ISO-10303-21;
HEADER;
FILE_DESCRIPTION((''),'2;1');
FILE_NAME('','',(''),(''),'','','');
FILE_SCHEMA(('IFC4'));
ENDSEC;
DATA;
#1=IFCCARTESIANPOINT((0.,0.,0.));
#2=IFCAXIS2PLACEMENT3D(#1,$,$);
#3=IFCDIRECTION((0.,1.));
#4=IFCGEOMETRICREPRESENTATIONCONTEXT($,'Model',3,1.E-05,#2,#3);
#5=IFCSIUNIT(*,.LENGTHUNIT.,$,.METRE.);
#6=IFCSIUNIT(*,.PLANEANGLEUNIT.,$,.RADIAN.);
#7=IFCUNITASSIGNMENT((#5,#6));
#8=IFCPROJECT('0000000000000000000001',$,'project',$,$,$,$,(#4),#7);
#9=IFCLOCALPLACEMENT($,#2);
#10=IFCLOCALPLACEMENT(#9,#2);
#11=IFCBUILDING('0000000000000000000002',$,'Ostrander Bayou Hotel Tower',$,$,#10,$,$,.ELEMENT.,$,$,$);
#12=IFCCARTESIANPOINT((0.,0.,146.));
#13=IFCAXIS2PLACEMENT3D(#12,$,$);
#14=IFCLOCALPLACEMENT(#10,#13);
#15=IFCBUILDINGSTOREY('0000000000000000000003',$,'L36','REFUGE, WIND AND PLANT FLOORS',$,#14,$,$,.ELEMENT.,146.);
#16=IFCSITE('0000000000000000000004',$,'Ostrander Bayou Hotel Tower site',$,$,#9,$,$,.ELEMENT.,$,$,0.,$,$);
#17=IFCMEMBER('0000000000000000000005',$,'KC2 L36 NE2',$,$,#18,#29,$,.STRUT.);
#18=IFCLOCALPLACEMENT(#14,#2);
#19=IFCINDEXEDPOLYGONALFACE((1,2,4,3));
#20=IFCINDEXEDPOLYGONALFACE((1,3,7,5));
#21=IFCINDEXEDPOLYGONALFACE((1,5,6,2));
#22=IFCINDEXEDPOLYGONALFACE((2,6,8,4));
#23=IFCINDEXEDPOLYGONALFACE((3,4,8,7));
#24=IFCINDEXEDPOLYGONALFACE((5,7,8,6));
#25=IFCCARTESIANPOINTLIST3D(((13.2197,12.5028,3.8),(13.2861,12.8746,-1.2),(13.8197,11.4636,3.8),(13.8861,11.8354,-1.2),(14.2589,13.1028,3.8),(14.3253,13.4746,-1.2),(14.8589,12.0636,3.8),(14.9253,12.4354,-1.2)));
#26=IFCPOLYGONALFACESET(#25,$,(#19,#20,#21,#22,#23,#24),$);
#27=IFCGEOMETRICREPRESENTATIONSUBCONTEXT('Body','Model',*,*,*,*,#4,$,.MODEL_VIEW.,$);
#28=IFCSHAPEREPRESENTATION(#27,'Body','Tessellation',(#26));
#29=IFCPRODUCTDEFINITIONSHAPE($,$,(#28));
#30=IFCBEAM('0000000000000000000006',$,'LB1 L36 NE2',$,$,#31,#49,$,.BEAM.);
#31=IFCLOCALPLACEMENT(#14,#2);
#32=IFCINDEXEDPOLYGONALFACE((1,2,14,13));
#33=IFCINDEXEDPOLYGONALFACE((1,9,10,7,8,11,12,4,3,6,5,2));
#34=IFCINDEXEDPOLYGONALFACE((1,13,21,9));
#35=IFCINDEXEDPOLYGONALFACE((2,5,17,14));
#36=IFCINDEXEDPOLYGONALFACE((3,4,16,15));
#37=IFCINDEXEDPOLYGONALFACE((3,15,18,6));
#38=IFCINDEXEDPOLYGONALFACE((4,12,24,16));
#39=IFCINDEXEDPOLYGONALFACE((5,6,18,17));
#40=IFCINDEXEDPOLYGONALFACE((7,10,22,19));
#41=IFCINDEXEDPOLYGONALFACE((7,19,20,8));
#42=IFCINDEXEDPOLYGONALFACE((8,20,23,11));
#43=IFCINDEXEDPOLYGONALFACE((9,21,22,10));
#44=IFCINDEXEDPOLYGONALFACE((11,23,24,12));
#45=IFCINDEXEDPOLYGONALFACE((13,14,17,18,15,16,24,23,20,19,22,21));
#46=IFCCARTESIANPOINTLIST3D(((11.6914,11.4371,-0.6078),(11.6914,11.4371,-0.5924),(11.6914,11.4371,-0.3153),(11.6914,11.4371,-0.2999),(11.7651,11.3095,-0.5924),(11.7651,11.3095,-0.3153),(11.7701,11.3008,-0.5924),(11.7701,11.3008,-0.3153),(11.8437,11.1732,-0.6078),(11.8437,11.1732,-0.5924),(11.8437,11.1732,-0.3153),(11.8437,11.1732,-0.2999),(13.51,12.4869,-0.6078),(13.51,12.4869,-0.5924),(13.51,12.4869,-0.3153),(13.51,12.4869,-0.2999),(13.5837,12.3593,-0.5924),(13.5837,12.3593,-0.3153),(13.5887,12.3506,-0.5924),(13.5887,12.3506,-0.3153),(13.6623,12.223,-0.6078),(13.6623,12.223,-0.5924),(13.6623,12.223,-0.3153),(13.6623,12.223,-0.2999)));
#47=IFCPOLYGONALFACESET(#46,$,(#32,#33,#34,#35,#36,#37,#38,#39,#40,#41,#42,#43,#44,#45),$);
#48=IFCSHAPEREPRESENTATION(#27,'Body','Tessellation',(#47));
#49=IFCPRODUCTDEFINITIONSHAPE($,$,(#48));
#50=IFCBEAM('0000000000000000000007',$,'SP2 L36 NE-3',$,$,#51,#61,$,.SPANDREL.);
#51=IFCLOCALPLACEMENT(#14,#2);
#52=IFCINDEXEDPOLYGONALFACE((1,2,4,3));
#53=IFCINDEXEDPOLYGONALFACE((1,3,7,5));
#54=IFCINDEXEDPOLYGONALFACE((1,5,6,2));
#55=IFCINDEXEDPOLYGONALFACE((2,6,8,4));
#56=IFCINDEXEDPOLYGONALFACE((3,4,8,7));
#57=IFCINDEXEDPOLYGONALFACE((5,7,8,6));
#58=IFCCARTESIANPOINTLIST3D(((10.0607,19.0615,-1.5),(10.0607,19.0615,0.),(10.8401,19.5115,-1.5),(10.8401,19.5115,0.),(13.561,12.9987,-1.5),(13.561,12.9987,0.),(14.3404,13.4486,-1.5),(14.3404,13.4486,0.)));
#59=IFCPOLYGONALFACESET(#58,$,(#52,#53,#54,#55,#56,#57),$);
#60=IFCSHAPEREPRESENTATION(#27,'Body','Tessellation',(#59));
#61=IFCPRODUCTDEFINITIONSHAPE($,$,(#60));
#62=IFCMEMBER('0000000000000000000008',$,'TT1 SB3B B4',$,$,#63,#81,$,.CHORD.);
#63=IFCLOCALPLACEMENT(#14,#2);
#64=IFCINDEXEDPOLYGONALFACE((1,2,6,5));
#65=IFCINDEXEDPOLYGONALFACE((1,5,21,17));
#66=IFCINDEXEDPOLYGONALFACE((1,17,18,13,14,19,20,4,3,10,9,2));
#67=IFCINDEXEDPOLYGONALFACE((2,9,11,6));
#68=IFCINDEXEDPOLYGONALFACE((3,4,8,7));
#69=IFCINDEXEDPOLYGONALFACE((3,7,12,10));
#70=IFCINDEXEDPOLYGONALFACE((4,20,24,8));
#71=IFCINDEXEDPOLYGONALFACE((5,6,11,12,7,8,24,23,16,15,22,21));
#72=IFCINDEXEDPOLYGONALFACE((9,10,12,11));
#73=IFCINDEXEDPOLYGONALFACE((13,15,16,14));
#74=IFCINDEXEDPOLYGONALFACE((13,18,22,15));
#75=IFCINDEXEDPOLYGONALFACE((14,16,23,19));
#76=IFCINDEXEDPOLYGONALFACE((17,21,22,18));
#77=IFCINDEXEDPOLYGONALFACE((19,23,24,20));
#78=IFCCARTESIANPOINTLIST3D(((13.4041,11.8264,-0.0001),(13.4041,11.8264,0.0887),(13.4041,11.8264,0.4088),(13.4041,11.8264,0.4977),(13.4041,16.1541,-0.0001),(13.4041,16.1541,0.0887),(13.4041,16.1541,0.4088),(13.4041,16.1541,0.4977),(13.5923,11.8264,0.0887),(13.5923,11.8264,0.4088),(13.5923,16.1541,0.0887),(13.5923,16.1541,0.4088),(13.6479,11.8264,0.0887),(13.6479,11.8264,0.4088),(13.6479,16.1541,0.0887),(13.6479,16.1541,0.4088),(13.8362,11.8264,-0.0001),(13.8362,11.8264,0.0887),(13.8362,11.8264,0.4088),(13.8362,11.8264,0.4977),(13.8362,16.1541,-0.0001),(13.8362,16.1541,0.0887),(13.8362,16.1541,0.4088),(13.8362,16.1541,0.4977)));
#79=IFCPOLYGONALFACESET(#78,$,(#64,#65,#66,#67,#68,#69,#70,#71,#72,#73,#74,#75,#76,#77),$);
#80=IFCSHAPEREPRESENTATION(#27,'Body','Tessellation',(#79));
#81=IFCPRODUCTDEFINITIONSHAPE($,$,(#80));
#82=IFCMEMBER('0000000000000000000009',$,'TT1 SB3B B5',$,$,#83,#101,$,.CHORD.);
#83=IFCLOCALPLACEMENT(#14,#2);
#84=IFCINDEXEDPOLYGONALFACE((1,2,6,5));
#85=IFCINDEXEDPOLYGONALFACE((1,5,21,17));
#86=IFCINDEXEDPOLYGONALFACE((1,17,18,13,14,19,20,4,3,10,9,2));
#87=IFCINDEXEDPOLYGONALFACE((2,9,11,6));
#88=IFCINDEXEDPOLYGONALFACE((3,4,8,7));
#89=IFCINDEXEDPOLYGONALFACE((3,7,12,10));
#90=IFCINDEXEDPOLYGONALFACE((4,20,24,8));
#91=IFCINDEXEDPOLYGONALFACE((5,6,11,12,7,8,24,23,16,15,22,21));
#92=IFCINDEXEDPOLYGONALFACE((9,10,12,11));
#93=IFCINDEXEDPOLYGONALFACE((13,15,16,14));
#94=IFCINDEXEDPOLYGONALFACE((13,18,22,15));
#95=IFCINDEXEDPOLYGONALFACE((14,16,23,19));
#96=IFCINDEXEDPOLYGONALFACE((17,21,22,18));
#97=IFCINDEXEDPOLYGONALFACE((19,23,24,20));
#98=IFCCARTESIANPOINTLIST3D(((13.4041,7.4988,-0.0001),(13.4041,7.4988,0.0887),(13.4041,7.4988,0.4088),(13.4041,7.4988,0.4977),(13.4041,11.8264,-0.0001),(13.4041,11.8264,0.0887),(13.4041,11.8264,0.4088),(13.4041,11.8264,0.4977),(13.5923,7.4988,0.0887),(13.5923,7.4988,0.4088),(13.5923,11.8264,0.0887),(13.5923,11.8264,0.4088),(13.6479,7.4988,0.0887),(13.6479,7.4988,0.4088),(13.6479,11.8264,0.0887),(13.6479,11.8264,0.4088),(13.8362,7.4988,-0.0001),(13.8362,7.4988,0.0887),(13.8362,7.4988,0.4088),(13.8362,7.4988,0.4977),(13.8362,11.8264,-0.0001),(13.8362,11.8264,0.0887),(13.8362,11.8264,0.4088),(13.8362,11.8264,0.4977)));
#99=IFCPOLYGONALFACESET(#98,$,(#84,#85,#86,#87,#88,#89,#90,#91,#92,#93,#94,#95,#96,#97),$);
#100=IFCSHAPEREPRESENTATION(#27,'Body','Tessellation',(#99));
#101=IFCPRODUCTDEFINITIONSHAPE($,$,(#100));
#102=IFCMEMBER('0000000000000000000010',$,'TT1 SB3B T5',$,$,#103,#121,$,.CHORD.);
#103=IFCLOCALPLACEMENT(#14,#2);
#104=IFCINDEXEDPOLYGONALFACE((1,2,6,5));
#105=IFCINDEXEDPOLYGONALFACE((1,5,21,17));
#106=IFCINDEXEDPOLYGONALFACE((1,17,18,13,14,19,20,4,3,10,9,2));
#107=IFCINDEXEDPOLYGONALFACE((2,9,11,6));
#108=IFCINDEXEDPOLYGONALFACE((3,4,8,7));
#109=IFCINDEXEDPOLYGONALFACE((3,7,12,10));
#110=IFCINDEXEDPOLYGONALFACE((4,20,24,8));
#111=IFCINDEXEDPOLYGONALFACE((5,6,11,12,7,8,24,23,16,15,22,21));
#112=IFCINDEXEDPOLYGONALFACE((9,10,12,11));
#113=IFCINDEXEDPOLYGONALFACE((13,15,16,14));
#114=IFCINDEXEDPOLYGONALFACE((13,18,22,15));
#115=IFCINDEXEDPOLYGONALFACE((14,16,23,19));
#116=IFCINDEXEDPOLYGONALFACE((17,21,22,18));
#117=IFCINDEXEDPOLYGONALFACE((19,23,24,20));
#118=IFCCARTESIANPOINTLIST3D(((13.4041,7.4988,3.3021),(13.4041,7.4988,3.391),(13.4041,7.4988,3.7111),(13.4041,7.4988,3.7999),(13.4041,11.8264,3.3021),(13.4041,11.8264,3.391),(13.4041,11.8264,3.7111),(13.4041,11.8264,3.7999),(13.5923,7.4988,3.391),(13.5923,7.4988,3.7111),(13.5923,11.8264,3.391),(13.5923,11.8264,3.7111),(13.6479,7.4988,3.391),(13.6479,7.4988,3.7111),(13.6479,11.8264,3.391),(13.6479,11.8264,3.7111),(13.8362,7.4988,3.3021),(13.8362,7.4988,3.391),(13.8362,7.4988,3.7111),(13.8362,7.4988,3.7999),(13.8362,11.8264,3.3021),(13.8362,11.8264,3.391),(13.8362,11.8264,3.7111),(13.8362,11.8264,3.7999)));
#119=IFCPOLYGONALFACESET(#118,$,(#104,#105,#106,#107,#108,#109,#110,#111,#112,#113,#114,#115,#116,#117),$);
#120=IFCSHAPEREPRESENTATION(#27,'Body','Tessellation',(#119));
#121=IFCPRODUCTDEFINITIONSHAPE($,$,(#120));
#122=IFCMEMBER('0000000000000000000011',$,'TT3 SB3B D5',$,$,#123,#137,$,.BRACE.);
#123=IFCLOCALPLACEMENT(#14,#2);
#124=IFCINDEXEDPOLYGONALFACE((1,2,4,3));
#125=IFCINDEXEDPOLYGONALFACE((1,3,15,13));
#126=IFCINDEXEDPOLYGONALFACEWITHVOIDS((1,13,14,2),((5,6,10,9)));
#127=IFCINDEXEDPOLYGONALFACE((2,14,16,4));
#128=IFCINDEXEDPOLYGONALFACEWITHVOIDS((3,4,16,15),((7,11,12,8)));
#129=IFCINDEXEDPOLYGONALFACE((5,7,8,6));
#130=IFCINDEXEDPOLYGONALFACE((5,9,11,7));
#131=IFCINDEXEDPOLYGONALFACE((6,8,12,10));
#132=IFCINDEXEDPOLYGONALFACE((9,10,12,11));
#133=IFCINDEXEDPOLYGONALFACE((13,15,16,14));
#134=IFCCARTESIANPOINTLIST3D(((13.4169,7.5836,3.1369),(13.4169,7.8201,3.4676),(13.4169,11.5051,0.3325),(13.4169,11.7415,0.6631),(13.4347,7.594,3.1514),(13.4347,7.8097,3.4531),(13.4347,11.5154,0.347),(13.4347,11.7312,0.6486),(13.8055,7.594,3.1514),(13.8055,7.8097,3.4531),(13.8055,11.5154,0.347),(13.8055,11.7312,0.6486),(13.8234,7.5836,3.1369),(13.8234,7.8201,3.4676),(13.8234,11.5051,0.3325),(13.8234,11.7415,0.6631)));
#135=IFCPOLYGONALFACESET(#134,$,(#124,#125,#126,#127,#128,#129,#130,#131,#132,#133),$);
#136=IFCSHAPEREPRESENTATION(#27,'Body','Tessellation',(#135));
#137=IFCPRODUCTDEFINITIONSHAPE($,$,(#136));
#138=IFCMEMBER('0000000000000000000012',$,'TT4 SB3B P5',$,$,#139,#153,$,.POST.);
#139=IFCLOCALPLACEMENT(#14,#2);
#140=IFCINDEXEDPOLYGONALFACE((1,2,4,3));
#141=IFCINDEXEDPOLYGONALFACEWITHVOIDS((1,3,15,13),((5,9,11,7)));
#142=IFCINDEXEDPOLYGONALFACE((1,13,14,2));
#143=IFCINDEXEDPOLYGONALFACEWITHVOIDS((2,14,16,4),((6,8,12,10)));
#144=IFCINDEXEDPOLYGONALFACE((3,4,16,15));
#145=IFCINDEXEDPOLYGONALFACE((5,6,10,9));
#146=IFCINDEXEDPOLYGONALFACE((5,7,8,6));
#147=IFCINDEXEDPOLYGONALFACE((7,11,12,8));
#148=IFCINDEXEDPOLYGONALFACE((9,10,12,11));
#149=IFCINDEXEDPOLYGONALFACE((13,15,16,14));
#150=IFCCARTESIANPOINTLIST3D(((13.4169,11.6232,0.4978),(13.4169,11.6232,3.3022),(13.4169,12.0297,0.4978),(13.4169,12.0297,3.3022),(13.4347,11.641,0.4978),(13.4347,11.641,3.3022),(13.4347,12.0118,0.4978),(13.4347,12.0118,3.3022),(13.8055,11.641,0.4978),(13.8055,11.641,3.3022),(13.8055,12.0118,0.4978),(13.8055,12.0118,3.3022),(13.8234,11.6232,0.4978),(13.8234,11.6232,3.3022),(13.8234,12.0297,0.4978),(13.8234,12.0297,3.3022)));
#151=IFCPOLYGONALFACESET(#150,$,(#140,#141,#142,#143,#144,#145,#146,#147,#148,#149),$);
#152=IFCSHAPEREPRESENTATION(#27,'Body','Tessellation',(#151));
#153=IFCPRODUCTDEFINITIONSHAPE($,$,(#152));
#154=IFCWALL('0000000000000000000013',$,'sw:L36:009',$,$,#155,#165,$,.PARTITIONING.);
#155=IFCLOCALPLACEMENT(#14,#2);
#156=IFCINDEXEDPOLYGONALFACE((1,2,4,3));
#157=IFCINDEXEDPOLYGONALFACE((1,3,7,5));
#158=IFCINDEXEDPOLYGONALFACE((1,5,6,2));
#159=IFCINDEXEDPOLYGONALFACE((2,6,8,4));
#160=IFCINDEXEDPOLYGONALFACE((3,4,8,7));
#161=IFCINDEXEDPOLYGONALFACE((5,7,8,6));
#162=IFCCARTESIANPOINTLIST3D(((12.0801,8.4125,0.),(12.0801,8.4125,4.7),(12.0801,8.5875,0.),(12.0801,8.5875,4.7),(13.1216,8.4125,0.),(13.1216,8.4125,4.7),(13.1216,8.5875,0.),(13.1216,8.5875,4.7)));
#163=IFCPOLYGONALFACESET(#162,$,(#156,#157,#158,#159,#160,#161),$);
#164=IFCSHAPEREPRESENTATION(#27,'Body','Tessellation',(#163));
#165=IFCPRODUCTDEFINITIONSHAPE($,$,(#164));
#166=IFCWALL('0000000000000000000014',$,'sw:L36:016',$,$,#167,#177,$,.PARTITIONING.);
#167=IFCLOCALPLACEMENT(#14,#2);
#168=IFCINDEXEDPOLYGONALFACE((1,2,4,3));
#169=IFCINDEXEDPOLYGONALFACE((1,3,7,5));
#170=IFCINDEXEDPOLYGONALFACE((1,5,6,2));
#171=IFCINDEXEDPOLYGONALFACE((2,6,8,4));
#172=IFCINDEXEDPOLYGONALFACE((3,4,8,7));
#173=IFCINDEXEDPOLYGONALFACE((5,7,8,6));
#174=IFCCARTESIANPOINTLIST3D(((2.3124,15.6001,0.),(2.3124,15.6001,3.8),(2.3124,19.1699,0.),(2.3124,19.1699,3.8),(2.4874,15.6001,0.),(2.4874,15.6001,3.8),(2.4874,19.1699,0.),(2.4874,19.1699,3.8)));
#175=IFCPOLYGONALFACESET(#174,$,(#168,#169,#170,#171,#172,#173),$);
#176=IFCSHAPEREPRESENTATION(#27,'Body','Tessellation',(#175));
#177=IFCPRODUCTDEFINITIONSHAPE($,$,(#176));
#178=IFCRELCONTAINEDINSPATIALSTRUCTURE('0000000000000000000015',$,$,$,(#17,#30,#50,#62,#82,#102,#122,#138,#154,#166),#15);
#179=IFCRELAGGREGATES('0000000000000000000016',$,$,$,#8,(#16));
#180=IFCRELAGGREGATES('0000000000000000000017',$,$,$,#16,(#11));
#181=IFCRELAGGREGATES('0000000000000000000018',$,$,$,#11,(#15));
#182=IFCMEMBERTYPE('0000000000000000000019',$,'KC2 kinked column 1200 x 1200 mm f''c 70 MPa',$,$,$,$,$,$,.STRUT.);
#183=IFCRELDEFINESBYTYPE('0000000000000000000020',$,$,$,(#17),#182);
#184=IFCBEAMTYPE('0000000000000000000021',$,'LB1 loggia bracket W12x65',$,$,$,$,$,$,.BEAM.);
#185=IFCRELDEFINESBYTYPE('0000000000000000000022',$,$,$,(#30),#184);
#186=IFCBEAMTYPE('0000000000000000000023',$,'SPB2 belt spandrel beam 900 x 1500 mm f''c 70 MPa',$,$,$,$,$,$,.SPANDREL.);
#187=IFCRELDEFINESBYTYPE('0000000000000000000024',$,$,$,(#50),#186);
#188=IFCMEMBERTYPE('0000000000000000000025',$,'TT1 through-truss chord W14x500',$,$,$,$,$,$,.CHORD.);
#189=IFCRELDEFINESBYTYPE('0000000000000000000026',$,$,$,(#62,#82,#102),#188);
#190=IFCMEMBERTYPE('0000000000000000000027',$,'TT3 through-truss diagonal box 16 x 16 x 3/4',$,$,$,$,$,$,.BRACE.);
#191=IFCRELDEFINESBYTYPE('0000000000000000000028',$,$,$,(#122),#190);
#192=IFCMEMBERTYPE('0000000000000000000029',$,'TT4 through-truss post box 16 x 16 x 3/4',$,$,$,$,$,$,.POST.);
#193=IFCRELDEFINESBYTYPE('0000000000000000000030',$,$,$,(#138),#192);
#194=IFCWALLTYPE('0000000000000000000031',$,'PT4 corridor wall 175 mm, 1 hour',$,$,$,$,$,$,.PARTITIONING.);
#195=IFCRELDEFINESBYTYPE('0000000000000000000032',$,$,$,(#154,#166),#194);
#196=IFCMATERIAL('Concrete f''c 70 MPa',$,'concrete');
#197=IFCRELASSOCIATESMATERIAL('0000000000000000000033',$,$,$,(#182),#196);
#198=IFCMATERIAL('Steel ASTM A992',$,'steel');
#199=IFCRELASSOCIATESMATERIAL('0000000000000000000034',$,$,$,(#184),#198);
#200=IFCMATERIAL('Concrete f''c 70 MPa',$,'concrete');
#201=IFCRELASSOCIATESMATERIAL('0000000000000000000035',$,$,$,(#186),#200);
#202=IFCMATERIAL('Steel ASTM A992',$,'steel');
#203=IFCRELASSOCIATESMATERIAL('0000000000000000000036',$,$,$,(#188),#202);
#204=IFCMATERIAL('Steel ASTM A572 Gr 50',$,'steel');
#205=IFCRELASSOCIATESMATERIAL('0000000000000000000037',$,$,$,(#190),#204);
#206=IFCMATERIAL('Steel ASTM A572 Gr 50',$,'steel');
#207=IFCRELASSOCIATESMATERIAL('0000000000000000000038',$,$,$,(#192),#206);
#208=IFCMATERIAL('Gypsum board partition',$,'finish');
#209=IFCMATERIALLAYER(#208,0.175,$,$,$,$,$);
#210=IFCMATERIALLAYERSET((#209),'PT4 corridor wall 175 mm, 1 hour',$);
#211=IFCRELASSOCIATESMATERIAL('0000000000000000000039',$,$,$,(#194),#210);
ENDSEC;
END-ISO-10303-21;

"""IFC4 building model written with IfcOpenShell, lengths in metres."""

from ifc_helpers import new_model, si_unit, direction, frame, frame_2d, origin, origin_2d, place, context, subcontext, project, spatial, rectangle, hollow_rectangle, i_section, extrude, material, layer, layer_set, material_profile, profile_set, type_object, element, save


model = new_model("IFC4")

# Units and contexts
model_context = context("Model", 3, precision=1e-05, world=origin(), true_north=direction((0.0, 1.0)))
body_context = subcontext(model_context, "Body", "Model", "MODEL_VIEW")
ifc_project = project(units=[si_unit("LENGTHUNIT", "METRE"), si_unit("PLANEANGLEUNIT", "RADIAN")], contexts=[model_context])

# Site, building, storey
site_placement = place(None, origin())
site = spatial("IfcSite", under=ifc_project, at=site_placement, Name="Ostrander Bayou Hotel Tower site", CompositionType="ELEMENT", RefElevation=0.0)
building_placement = place(site_placement, origin())
building = spatial("IfcBuilding", under=site, at=building_placement, Name="Ostrander Bayou Hotel Tower", CompositionType="ELEMENT")
storey_placement = place(building_placement, frame((0.0, 0.0, 146.0)))
storey = spatial("IfcBuildingStorey", under=building, at=storey_placement, Name="L36", Description="REFUGE, WIND AND PLANT FLOORS", CompositionType="ELEMENT", Elevation=146.0)

# Member
ifc_material_1 = material(Name="Concrete f'c 70 MPa", Category="concrete")
ifc_material_profile_1 = material_profile(ifc_material_1, rectangle(XDim=1.2, YDim=1.2, at=origin_2d()))
ifc_profile_set_1 = profile_set([ifc_material_profile_1], Name="Concrete f'c 70 MPa")
member_type_1 = type_object("IfcMemberType", Name="KC2 kinked column 1200 x 1200 mm f'c 70 MPa", PredefinedType="STRUT", material=ifc_profile_set_1)
member_1_placement = place(storey_placement, frame((14.1057, 12.655, -1.2), z_axis=(0.0, 0.0, 1.0), x_axis=(0.5, -0.866025, 0.0)))
element("IfcMember", 1, at=member_1_placement, inside=storey, type_object=member_type_1, Name="KC2 L36 NE2", PredefinedType="STRUT", context=body_context, shape_type="SweptSolid", body=[
    extrude(rectangle(XDim=1.2, YDim=1.2, at=origin_2d()), origin(), (0.057597, -0.048546, 0.997159), 5.0142),
])

# Beams
ifc_material_2 = material(Name="Steel ASTM A992", Category="steel")
ifc_material_profile_2 = material_profile(ifc_material_2, i_section(OverallWidth=0.3047, OverallDepth=0.3079, WebThickness=0.01, FlangeThickness=0.0154, at=origin_2d()))
ifc_profile_set_2 = profile_set([ifc_material_profile_2], Name="Steel ASTM A992")
beam_type_1 = type_object("IfcBeamType", Name="LB1 loggia bracket W12x65", PredefinedType="BEAM", material=ifc_profile_set_2)
beam_1_placement = place(storey_placement, frame((13.5862, 12.355, -0.4539), z_axis=(-0.86606, -0.499941, 0.0), x_axis=(0.499941, -0.86606, 0.0)))
element("IfcBeam", 2, at=beam_1_placement, inside=storey, type_object=beam_type_1, Name="LB1 L36 NE2", PredefinedType="BEAM", context=body_context, shape_type="SweptSolid", body=[
    extrude(i_section(OverallWidth=0.3047, OverallDepth=0.3079, WebThickness=0.01, FlangeThickness=0.0154, at=origin_2d()), origin(), (0.0, 0.0, 1.0), 2.0999),
])
ifc_material_3 = material(Name="Concrete f'c 70 MPa", Category="concrete")
ifc_material_profile_3 = material_profile(ifc_material_3, rectangle(XDim=0.8999, YDim=1.5, at=origin_2d()))
ifc_profile_set_3 = profile_set([ifc_material_profile_3], Name="Concrete f'c 70 MPa")
beam_type_2 = type_object("IfcBeamType", Name="SPB2 belt spandrel beam 900 x 1500 mm f'c 70 MPa", PredefinedType="SPANDREL", material=ifc_profile_set_3)
beam_2_placement = place(storey_placement, frame((13.9507, 13.2236, -0.75), z_axis=(-0.499991, 0.866031, 0.0), x_axis=(-0.866031, -0.499991, 0.0)))
element("IfcBeam", 3, at=beam_2_placement, inside=storey, type_object=beam_type_2, Name="SP2 L36 NE-3", PredefinedType="SPANDREL", context=body_context, shape_type="SweptSolid", body=[
    extrude(rectangle(XDim=0.8999, YDim=1.5, at=origin_2d()), origin(), (0.0, 0.0, 1.0), 7.0007),
])

# Members
ifc_material_4 = material(Name="Steel ASTM A992", Category="steel")
ifc_material_profile_4 = material_profile(ifc_material_4, i_section(OverallWidth=0.4321, OverallDepth=0.4978, WebThickness=0.0557, FlangeThickness=0.0889, at=origin_2d()))
ifc_profile_set_4 = profile_set([ifc_material_profile_4], Name="Steel ASTM A992")
member_type_2 = type_object("IfcMemberType", Name="TT1 through-truss chord W14x500", PredefinedType="CHORD", material=ifc_profile_set_4)
for number, where, z_axis, x_axis, name in (
    (4, (13.6201, 16.1541, 0.2488), (0.0, -1.0, 0.0), (1.0, 0.0, 0.0), "TT1 SB3B B4"),
    (5, (13.6201, 11.8264, 0.2488), (0.0, -1.0, 0.0), (1.0, 0.0, 0.0), "TT1 SB3B B5"),
    (6, (13.6201, 11.8264, 3.551), (0.0, -1.0, 0.0), (1.0, 0.0, 0.0), "TT1 SB3B T5"),
):
    element("IfcMember", number, at=place(storey_placement, frame(where, z_axis=z_axis, x_axis=x_axis)), inside=storey, type_object=member_type_2, Name=name, PredefinedType="CHORD", context=body_context, shape_type="SweptSolid", body=[
        extrude(i_section(OverallWidth=0.4321, OverallDepth=0.4978, WebThickness=0.0557, FlangeThickness=0.0889, at=origin_2d()), origin(), (0.0, 0.0, 1.0), 4.3276),
    ])
ifc_material_5 = material(Name="Steel ASTM A572 Gr 50", Category="steel")
ifc_material_profile_5 = material_profile(ifc_material_5, hollow_rectangle(XDim=0.4065, YDim=0.4065, WallThickness=0.0178, at=origin_2d()))
ifc_profile_set_5 = profile_set([ifc_material_profile_5], Name="Steel ASTM A572 Gr 50")
member_type_3 = type_object("IfcMemberType", Name="TT3 through-truss diagonal box 16 x 16 x 3/4", PredefinedType="BRACE", material=ifc_profile_set_5)
member_2_placement = place(storey_placement, frame((13.6201, 11.6233, 0.4978), z_axis=(0.0, -0.813395, 0.581712), x_axis=(1.0, 0.0, 0.0)))
element("IfcMember", 7, at=member_2_placement, inside=storey, type_object=member_type_3, Name="TT3 SB3B D5", PredefinedType="BRACE", context=body_context, shape_type="SweptSolid", body=[
    extrude(hollow_rectangle(XDim=0.4065, YDim=0.4065, WallThickness=0.0178, at=origin_2d()), origin(), (0.0, 0.0, 1.0), 4.821),
])
ifc_material_6 = material(Name="Steel ASTM A572 Gr 50", Category="steel")
ifc_material_profile_6 = material_profile(ifc_material_6, hollow_rectangle(XDim=0.4065, YDim=0.4065, WallThickness=0.0178, at=origin_2d()))
ifc_profile_set_6 = profile_set([ifc_material_profile_6], Name="Steel ASTM A572 Gr 50")
member_type_4 = type_object("IfcMemberType", Name="TT4 through-truss post box 16 x 16 x 3/4", PredefinedType="POST", material=ifc_profile_set_6)
member_3_placement = place(storey_placement, frame((13.6201, 11.8264, 0.4978), z_axis=(0.0, 0.0, 1.0), x_axis=(1.0, 0.0, 0.0)))
element("IfcMember", 8, at=member_3_placement, inside=storey, type_object=member_type_4, Name="TT4 SB3B P5", PredefinedType="POST", context=body_context, shape_type="SweptSolid", body=[
    extrude(hollow_rectangle(XDim=0.4065, YDim=0.4065, WallThickness=0.0178, at=origin_2d()), origin(), (0.0, 0.0, 1.0), 2.8044),
])

# Wall
ifc_material_7 = material(Name="Gypsum board partition", Category="finish")
ifc_layer_1 = layer(ifc_material_7, 0.175)
ifc_layer_set_1 = layer_set([ifc_layer_1], Name="PT4 corridor wall 175 mm, 1 hour")
wall_type_1 = type_object("IfcWallType", Name="PT4 corridor wall 175 mm, 1 hour", PredefinedType="PARTITIONING", material=ifc_layer_set_1)
wall_1_placement = place(storey_placement, frame((12.0801, 8.5, 0.0), z_axis=(0.0, 0.0, 1.0), x_axis=(1.0, 0.0, 0.0)))
element("IfcWall", 9, at=wall_1_placement, inside=storey, type_object=wall_type_1, Name="sw:L36:009", PredefinedType="PARTITIONING", context=body_context, shape_type="SweptSolid", body=[
    extrude(rectangle(XDim=1.0415, YDim=0.175, at=frame_2d((0.5208, 0.0))), origin(), (0.0, 0.0, 1.0), 4.7),
])

# Wall
wall_2_placement = place(storey_placement, frame((2.3999, 15.6001, 0.0), z_axis=(0.0, 0.0, 1.0), x_axis=(0.0, 1.0, 0.0)))
element("IfcWall", 10, at=wall_2_placement, inside=storey, type_object=wall_type_1, Name="sw:L36:016", PredefinedType="PARTITIONING", context=body_context, shape_type="SweptSolid", body=[
    extrude(rectangle(XDim=3.5698, YDim=0.175, at=frame_2d((1.7849, 0.0))), origin(), (0.0, 0.0, 1.0), 3.8),
])

save(model, "model.ifc")
